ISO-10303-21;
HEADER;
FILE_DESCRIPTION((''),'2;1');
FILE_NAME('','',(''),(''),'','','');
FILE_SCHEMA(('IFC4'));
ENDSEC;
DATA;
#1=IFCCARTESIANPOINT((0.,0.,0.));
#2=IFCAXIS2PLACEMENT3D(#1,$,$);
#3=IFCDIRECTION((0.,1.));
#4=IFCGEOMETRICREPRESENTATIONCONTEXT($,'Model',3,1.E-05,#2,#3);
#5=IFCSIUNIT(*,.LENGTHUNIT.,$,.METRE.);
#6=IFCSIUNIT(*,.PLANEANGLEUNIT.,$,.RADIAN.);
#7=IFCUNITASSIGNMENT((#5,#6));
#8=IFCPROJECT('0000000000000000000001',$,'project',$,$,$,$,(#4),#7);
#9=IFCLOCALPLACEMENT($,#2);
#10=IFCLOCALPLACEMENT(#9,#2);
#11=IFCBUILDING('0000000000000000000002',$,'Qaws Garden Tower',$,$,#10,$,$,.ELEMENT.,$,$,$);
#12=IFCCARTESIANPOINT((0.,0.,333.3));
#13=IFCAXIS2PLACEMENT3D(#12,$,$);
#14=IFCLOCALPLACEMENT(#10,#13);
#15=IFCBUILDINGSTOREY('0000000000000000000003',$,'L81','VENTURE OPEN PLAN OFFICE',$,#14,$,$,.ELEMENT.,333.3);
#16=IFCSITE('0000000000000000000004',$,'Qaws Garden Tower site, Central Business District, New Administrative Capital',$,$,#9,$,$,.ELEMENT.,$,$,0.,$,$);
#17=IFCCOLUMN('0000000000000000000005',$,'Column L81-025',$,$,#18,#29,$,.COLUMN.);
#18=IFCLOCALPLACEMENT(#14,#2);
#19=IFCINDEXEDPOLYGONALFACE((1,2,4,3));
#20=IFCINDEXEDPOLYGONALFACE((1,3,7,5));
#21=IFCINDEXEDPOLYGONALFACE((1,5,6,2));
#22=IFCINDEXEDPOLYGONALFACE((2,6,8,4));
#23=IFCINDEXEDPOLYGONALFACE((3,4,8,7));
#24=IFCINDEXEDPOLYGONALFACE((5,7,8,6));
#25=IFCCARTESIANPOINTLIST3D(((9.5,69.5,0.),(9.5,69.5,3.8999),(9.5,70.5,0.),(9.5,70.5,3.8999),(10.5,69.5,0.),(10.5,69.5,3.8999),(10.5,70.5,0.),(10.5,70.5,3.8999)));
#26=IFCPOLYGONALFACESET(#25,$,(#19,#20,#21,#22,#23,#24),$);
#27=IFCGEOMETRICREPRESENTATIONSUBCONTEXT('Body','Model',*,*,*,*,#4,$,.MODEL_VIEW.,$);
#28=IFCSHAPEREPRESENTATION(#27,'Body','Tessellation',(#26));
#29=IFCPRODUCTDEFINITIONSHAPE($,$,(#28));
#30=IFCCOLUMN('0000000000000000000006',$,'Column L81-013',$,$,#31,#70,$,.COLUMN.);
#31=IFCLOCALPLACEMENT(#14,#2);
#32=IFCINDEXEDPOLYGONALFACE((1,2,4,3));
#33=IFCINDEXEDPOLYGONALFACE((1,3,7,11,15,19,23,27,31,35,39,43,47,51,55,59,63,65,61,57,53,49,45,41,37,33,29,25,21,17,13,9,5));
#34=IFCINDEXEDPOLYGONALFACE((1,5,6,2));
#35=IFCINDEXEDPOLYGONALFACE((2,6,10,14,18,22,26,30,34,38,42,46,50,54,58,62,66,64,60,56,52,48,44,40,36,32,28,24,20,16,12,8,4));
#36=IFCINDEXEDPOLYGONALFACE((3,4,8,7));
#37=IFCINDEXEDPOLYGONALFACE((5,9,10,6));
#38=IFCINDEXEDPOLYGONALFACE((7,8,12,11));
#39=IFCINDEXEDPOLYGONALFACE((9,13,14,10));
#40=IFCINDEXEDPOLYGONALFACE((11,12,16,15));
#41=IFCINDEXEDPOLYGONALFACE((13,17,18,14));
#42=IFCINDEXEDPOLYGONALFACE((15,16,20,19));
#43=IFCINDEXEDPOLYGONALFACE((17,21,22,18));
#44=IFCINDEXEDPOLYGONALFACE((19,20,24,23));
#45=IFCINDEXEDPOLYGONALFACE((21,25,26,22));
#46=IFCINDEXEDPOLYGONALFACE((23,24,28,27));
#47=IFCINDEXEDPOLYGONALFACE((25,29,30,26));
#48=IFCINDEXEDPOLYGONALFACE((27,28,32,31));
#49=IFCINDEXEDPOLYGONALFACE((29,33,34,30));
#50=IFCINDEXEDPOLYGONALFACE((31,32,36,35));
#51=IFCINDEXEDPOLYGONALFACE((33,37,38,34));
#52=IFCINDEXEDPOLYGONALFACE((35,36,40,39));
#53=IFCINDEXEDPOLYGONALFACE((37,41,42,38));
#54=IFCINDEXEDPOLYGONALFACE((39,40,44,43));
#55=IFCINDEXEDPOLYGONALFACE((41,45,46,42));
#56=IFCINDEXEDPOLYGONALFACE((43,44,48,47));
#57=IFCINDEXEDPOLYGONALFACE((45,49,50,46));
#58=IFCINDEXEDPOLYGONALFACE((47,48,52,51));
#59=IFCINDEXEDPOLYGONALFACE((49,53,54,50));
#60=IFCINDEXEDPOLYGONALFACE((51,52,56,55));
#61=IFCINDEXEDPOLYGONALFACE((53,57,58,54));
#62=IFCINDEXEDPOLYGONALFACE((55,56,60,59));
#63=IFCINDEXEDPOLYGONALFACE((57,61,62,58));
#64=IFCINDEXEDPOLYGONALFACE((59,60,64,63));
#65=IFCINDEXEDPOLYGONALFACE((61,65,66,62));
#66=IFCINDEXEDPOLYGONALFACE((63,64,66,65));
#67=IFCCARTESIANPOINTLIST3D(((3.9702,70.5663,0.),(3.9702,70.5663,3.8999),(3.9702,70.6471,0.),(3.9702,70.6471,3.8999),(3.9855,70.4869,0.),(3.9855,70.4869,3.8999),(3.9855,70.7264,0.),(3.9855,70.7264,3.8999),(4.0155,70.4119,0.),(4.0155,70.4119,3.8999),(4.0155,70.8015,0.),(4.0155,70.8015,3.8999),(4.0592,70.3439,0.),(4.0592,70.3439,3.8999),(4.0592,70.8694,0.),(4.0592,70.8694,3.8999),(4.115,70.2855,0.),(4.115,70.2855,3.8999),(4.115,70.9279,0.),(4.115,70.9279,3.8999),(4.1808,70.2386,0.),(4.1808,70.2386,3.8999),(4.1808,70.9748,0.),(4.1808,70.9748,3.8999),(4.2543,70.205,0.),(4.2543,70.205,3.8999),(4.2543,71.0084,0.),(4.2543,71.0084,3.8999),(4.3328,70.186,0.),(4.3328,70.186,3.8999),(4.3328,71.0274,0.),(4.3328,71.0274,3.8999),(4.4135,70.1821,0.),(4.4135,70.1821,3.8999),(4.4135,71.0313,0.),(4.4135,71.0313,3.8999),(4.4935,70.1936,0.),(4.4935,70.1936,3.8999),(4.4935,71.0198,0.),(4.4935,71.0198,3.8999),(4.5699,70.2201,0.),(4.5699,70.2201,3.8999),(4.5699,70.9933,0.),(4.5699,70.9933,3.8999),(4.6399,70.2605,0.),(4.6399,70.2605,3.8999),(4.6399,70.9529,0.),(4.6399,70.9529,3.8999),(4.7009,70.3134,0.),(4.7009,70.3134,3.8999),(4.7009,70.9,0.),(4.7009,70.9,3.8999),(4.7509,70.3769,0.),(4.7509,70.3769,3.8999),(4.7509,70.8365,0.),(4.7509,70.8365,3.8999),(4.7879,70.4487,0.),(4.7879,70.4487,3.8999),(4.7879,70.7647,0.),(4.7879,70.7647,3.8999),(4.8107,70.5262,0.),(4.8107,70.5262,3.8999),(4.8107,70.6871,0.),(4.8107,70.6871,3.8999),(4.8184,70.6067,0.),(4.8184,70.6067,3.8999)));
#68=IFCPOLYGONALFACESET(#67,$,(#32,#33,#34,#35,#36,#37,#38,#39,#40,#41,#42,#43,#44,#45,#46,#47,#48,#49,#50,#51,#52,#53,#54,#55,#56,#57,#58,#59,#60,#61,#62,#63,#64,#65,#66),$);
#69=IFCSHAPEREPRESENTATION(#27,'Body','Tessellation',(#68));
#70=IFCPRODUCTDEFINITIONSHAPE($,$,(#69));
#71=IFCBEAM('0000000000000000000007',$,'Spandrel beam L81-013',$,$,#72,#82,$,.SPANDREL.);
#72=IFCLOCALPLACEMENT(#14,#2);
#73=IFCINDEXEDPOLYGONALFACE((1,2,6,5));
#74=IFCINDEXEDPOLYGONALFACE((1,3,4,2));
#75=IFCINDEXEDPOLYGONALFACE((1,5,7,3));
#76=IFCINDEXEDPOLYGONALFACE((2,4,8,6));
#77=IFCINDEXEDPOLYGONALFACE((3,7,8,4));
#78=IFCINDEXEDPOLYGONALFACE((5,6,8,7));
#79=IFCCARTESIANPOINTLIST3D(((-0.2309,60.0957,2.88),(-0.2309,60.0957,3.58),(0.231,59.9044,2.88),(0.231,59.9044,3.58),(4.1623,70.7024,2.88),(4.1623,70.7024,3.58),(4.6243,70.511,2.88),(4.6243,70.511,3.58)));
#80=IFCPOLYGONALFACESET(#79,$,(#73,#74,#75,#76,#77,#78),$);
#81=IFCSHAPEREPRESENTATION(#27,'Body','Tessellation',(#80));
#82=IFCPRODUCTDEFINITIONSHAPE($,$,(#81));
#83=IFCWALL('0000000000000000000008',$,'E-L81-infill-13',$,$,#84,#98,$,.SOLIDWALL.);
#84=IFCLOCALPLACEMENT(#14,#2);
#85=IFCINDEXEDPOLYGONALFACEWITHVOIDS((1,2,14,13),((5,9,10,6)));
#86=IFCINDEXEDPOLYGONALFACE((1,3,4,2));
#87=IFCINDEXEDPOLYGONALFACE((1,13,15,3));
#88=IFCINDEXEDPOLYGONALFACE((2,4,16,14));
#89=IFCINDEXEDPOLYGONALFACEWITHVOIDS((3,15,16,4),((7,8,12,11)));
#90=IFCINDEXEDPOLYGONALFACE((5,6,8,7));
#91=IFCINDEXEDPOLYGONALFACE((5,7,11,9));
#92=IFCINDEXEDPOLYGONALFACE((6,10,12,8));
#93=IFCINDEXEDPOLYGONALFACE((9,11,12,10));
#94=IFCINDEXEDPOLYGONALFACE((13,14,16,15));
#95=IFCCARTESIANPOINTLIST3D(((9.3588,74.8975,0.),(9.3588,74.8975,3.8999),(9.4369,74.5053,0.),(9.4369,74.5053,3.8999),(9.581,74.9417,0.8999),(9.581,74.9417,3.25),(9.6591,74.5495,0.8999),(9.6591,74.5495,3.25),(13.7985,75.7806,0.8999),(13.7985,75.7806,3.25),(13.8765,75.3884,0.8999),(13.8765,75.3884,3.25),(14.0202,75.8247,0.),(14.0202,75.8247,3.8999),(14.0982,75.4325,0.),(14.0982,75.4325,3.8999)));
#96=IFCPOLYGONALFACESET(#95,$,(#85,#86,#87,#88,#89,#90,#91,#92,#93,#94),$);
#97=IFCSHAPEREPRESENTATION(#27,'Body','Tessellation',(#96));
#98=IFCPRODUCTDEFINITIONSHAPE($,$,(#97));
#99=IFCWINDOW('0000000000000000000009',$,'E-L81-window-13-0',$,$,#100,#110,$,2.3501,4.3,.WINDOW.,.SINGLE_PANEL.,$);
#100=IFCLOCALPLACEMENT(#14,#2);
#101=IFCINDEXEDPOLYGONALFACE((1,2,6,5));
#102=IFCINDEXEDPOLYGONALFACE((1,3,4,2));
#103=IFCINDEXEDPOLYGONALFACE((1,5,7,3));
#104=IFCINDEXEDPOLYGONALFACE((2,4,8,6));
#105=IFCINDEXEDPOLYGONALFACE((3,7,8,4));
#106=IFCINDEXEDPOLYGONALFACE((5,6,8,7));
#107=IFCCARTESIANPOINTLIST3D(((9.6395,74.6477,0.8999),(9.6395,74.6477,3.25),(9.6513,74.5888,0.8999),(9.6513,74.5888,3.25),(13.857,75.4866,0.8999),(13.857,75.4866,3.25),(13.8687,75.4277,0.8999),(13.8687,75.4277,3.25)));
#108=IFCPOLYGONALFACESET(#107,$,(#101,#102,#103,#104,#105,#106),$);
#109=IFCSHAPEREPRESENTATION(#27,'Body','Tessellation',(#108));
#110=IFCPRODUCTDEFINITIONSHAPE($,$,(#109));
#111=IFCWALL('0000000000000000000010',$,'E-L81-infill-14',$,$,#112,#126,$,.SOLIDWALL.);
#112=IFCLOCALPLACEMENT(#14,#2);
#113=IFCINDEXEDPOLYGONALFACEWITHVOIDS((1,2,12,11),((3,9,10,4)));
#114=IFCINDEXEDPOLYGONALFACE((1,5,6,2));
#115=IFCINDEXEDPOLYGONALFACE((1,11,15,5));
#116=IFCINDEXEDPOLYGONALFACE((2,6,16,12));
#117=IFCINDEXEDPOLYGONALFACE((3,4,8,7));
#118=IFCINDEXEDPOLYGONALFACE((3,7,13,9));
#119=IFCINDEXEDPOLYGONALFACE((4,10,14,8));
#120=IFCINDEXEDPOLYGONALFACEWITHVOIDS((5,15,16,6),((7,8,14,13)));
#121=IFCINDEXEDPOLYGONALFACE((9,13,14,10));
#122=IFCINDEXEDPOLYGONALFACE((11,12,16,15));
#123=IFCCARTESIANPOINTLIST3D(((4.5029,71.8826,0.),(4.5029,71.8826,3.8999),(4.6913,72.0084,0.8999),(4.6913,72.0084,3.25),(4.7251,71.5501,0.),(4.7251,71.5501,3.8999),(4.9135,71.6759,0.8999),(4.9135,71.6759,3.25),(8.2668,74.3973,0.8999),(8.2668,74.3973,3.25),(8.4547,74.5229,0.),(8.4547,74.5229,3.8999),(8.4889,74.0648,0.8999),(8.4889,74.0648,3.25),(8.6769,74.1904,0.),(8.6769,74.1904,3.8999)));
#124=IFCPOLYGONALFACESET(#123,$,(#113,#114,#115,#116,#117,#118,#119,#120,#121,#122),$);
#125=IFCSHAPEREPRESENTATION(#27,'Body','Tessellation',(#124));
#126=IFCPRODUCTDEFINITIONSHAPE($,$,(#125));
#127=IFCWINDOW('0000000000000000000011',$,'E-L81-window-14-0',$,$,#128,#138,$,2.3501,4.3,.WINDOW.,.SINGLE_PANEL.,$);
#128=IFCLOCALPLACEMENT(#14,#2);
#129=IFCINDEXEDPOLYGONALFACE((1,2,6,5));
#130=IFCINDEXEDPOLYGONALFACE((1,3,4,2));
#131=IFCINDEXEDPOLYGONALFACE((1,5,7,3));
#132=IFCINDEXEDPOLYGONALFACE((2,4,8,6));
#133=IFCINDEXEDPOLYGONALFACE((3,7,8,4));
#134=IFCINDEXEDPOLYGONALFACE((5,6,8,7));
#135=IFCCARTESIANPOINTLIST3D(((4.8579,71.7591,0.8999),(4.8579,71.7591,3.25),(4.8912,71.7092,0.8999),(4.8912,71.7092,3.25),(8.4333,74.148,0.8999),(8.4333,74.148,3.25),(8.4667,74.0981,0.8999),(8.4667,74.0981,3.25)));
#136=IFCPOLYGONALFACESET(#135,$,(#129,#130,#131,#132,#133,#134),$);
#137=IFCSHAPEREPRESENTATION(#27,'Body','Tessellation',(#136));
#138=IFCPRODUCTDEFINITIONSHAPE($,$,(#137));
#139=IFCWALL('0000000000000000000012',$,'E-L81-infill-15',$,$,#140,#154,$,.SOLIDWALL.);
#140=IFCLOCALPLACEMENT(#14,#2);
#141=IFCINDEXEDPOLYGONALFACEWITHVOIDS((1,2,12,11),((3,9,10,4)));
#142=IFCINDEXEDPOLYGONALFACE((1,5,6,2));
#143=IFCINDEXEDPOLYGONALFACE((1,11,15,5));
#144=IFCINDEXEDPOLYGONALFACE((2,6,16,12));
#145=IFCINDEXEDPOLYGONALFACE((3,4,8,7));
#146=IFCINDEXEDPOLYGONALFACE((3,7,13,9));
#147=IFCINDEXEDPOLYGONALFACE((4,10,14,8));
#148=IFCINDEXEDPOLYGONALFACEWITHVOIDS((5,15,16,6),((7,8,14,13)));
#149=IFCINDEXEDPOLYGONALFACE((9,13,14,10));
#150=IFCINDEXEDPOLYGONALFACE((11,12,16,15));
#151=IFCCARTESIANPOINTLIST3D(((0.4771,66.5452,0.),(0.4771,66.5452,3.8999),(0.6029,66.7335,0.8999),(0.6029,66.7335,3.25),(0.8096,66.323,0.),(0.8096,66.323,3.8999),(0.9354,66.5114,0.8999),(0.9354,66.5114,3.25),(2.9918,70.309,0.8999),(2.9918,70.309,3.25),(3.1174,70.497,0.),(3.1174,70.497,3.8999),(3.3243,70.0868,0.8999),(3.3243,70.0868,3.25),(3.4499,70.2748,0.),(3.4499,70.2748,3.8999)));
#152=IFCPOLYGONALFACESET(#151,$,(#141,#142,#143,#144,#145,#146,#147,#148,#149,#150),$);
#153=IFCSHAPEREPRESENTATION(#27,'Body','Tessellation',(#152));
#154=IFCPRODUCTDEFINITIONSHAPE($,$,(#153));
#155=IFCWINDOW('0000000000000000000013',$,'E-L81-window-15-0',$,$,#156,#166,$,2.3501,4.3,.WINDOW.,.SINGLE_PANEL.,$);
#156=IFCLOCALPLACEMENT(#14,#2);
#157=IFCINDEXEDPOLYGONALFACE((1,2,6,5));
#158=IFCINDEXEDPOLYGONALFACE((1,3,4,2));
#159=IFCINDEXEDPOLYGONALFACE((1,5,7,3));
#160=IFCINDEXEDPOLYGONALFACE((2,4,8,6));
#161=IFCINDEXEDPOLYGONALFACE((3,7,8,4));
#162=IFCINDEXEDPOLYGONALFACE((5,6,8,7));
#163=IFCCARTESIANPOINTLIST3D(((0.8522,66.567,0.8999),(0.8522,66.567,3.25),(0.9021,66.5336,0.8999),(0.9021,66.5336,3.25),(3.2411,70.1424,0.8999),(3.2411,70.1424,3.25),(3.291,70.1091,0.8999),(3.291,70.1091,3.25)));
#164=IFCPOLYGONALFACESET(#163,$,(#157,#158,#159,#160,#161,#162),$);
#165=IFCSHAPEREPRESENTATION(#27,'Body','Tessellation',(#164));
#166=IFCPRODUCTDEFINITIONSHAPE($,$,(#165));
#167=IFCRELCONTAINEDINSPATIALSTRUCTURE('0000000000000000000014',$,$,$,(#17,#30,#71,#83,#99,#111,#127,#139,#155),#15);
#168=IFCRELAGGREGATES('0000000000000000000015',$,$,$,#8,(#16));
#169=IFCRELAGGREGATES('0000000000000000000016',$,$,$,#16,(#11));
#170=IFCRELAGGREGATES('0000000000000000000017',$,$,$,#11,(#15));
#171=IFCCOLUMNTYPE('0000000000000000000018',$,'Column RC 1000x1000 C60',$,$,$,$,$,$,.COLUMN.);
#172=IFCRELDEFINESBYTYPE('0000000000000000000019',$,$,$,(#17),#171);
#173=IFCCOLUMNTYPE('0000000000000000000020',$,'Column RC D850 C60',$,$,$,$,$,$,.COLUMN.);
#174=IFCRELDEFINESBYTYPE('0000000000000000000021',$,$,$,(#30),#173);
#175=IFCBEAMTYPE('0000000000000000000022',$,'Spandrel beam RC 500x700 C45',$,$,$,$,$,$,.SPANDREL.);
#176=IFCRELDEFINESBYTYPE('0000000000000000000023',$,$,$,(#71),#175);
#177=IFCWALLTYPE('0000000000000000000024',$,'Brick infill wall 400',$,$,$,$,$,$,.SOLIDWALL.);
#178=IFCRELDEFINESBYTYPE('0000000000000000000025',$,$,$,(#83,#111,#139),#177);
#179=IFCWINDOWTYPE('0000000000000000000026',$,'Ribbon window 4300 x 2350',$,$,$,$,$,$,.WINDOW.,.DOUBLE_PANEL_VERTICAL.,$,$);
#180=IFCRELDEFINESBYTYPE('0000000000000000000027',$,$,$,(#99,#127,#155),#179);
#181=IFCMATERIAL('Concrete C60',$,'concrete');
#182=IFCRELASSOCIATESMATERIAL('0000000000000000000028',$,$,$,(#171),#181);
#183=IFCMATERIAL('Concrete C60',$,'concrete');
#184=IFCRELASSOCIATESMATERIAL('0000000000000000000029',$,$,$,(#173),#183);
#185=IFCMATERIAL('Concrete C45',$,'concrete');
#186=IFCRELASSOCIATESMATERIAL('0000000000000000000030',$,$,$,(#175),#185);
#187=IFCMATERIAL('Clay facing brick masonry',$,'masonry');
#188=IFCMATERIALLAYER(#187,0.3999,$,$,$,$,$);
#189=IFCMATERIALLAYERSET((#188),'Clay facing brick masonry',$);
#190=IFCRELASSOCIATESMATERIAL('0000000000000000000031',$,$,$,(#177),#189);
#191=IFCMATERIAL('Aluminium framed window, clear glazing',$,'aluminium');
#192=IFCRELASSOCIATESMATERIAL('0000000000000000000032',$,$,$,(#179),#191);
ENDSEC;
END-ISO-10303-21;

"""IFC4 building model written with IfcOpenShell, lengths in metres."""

from ifc_helpers import new_model, si_unit, direction, frame, frame_2d, origin, origin_2d, place, context, subcontext, project, spatial, rectangle, circle, extrude, material, layer, layer_set, material_profile, profile_set, type_object, element, fill, save


model = new_model("IFC4")

# Units and contexts
model_context = context("Model", 3, precision=1e-05, world=origin(), true_north=direction((0.0, 1.0)))
body_context = subcontext(model_context, "Body", "Model", "MODEL_VIEW")
ifc_project = project(units=[si_unit("LENGTHUNIT", "METRE"), si_unit("PLANEANGLEUNIT", "RADIAN")], contexts=[model_context])

# Site, building, storey
site_placement = place(None, origin())
site = spatial("IfcSite", under=ifc_project, at=site_placement, Name="Qaws Garden Tower site, Central Business District, New Administrative Capital", CompositionType="ELEMENT", RefElevation=0.0)
building_placement = place(site_placement, origin())
building = spatial("IfcBuilding", under=site, at=building_placement, Name="Qaws Garden Tower", CompositionType="ELEMENT")
storey_placement = place(building_placement, frame((0.0, 0.0, 333.3)))
storey = spatial("IfcBuildingStorey", under=building, at=storey_placement, Name="L81", Description="VENTURE OPEN PLAN OFFICE", CompositionType="ELEMENT", Elevation=333.3)

# Columns
ifc_material_1 = material(Name="Concrete C60", Category="concrete")
ifc_material_profile_1 = material_profile(ifc_material_1, rectangle(XDim=1.0, YDim=1.0, at=origin_2d()), Name="RC 1000x1000")
ifc_profile_set_1 = profile_set([ifc_material_profile_1], Name="Concrete C60")
column_type_1 = type_object("IfcColumnType", Name="Column RC 1000x1000 C60", PredefinedType="COLUMN", material=ifc_profile_set_1)
column_1_placement = place(storey_placement, frame((10.0, 70.0, 0.0), z_axis=(0.0, 0.0, 1.0), x_axis=(1.0, 0.0, 0.0)))
element("IfcColumn", 1, at=column_1_placement, inside=storey, type_object=column_type_1, Name="Column L81-025", PredefinedType="COLUMN", context=body_context, shape_type="SweptSolid", body=[
    extrude(rectangle(XDim=1.0, YDim=1.0, at=origin_2d()), origin(), (0.0, 0.0, 1.0), 3.8999),
])
ifc_material_2 = material(Name="Concrete C60", Category="concrete")
ifc_material_profile_2 = material_profile(ifc_material_2, circle(Radius=0.425, at=origin_2d()), Name="RC D850")
ifc_profile_set_2 = profile_set([ifc_material_profile_2], Name="Concrete C60")
column_type_2 = type_object("IfcColumnType", Name="Column RC D850 C60", PredefinedType="COLUMN", material=ifc_profile_set_2)
column_2_placement = place(storey_placement, frame((4.3933, 70.6067, 0.0), z_axis=(0.0, 0.0, 1.0), x_axis=(1.0, 0.0, 0.0)))
element("IfcColumn", 2, at=column_2_placement, inside=storey, type_object=column_type_2, Name="Column L81-013", PredefinedType="COLUMN", context=body_context, shape_type="SweptSolid", body=[
    extrude(circle(Radius=0.425, at=origin_2d()), origin(), (0.0, 0.0, 1.0), 3.8999),
])

# Beam
ifc_material_3 = material(Name="Concrete C45", Category="concrete")
ifc_material_profile_3 = material_profile(ifc_material_3, rectangle(XDim=0.5, YDim=0.7, at=origin_2d()), Name="RC 500x700")
ifc_profile_set_3 = profile_set([ifc_material_profile_3], Name="Concrete C45")
beam_type = type_object("IfcBeamType", Name="Spandrel beam RC 500x700 C45", PredefinedType="SPANDREL", material=ifc_profile_set_3)
beam_placement = place(storey_placement, frame((4.3933, 70.6067, 3.23), z_axis=(-0.382674, -0.923883, 0.0), x_axis=(0.923883, -0.382674, 0.0)))
element("IfcBeam", 3, at=beam_placement, inside=storey, type_object=beam_type, Name="Spandrel beam L81-013", PredefinedType="SPANDREL", context=body_context, shape_type="SweptSolid", body=[
    extrude(rectangle(XDim=0.5, YDim=0.7, at=origin_2d()), origin(), (0.0, 0.0, 1.0), 11.4805),
])

# Walls, openings, windows
ifc_material_4 = material(Name="Clay facing brick masonry", Category="masonry")
ifc_layer_1 = layer(ifc_material_4, 0.3999)
ifc_layer_set_1 = layer_set([ifc_layer_1], Name="Clay facing brick masonry")
wall_type_1 = type_object("IfcWallType", Name="Brick infill wall 400", PredefinedType="SOLIDWALL", material=ifc_layer_set_1)
wall_1_placement = place(storey_placement, frame((14.0593, 75.6287, 0.0), z_axis=(0.0, 0.0, 1.0), x_axis=(-0.980784, -0.195099, 0.0)))
wall_1 = element("IfcWall", 4, at=wall_1_placement, inside=storey, type_object=wall_type_1, Name="E-L81-infill-13", PredefinedType="SOLIDWALL", context=body_context, shape_type="SweptSolid", body=[
    extrude(rectangle(XDim=4.7527, YDim=0.3999, at=frame_2d((2.3765, 0.0))), origin(), (0.0, 0.0, 1.0), 3.8999),
])
opening_1_placement = place(wall_1_placement, frame((0.2263, 0.0, 0.8999)))
opening_1 = element("IfcOpeningElement", 5, at=opening_1_placement, cuts=wall_1, PredefinedType="OPENING", context=body_context, shape_type="SweptSolid", body=[
    extrude(rectangle(XDim=4.3, YDim=2.3501, at=frame_2d((2.1499, 1.175))), frame((0.0, 0.21, 0.0), z_axis=(0.0, -1.0, 0.0), x_axis=(1.0, 0.0, 0.0)), (0.0, 0.0, 1.0), 0.4199),
])
ifc_material_5 = material(Name="Aluminium framed window, clear glazing", Category="aluminium")
window_type = type_object("IfcWindowType", Name="Ribbon window 4300 x 2350", PartitioningType="DOUBLE_PANEL_VERTICAL", PredefinedType="WINDOW", material=ifc_material_5)
window_1_placement = place(opening_1_placement, origin())
window_1 = element("IfcWindow", 6, at=window_1_placement, inside=storey, type_object=window_type, Name="E-L81-window-13-0", OverallHeight=2.3501, OverallWidth=4.3, PartitioningType="SINGLE_PANEL", PredefinedType="WINDOW", context=body_context, shape_type="SweptSolid", body=[
    extrude(rectangle(XDim=4.3, YDim=2.3501, at=frame_2d((2.1499, 1.175))), frame((0.0, 0.1599, 0.0), z_axis=(0.0, -1.0, 0.0), x_axis=(1.0, 0.0, 0.0)), (0.0, 0.0, 1.0), 0.0601),
])
fill(opening_1, window_1)
wall_2_placement = place(storey_placement, frame((8.5659, 74.3567, 0.0), z_axis=(0.0, 0.0, 1.0), x_axis=(-0.831489, -0.555542, 0.0)))
wall_2 = element("IfcWall", 7, at=wall_2_placement, inside=storey, type_object=wall_type_1, Name="E-L81-infill-14", PredefinedType="SOLIDWALL", context=body_context, shape_type="SweptSolid", body=[
    extrude(rectangle(XDim=4.7527, YDim=0.3999, at=frame_2d((2.3765, 0.0))), origin(), (0.0, 0.0, 1.0), 3.8999),
])
opening_2_placement = place(wall_2_placement, frame((0.2263, 0.0, 0.8999)))
opening_2 = element("IfcOpeningElement", 8, at=opening_2_placement, cuts=wall_2, PredefinedType="OPENING", context=body_context, shape_type="SweptSolid", body=[
    extrude(rectangle(XDim=4.3, YDim=2.3501, at=frame_2d((2.1499, 1.175))), frame((0.0, 0.21, 0.0), z_axis=(0.0, -1.0, 0.0), x_axis=(1.0, 0.0, 0.0)), (0.0, 0.0, 1.0), 0.4199),
])
window_2_placement = place(opening_2_placement, origin())
window_2 = element("IfcWindow", 9, at=window_2_placement, inside=storey, type_object=window_type, Name="E-L81-window-14-0", OverallHeight=2.3501, OverallWidth=4.3, PartitioningType="SINGLE_PANEL", PredefinedType="WINDOW", context=body_context, shape_type="SweptSolid", body=[
    extrude(rectangle(XDim=4.3, YDim=2.3501, at=frame_2d((2.1499, 1.175))), frame((0.0, 0.1599, 0.0), z_axis=(0.0, -1.0, 0.0), x_axis=(1.0, 0.0, 0.0)), (0.0, 0.0, 1.0), 0.0601),
])
fill(opening_2, window_2)
wall_3_placement = place(storey_placement, frame((3.2837, 70.386, 0.0), z_axis=(0.0, 0.0, 1.0), x_axis=(-0.555542, -0.831489, 0.0)))
wall_3 = element("IfcWall", 10, at=wall_3_placement, inside=storey, type_object=wall_type_1, Name="E-L81-infill-15", PredefinedType="SOLIDWALL", context=body_context, shape_type="SweptSolid", body=[
    extrude(rectangle(XDim=4.7527, YDim=0.3999, at=frame_2d((2.3765, 0.0))), origin(), (0.0, 0.0, 1.0), 3.8999),
])
opening_3_placement = place(wall_3_placement, frame((0.2263, 0.0, 0.8999)))
opening_3 = element("IfcOpeningElement", 11, at=opening_3_placement, cuts=wall_3, PredefinedType="OPENING", context=body_context, shape_type="SweptSolid", body=[
    extrude(rectangle(XDim=4.3, YDim=2.3501, at=frame_2d((2.1499, 1.175))), frame((0.0, 0.21, 0.0), z_axis=(0.0, -1.0, 0.0), x_axis=(1.0, 0.0, 0.0)), (0.0, 0.0, 1.0), 0.4199),
])
window_3_placement = place(opening_3_placement, origin())
window_3 = element("IfcWindow", 12, at=window_3_placement, inside=storey, type_object=window_type, Name="E-L81-window-15-0", OverallHeight=2.3501, OverallWidth=4.3, PartitioningType="SINGLE_PANEL", PredefinedType="WINDOW", context=body_context, shape_type="SweptSolid", body=[
    extrude(rectangle(XDim=4.3, YDim=2.3501, at=frame_2d((2.1499, 1.175))), frame((0.0, 0.1599, 0.0), z_axis=(0.0, -1.0, 0.0), x_axis=(1.0, 0.0, 0.0)), (0.0, 0.0, 1.0), 0.0601),
])
fill(opening_3, window_3)

save(model, "model.ifc")
